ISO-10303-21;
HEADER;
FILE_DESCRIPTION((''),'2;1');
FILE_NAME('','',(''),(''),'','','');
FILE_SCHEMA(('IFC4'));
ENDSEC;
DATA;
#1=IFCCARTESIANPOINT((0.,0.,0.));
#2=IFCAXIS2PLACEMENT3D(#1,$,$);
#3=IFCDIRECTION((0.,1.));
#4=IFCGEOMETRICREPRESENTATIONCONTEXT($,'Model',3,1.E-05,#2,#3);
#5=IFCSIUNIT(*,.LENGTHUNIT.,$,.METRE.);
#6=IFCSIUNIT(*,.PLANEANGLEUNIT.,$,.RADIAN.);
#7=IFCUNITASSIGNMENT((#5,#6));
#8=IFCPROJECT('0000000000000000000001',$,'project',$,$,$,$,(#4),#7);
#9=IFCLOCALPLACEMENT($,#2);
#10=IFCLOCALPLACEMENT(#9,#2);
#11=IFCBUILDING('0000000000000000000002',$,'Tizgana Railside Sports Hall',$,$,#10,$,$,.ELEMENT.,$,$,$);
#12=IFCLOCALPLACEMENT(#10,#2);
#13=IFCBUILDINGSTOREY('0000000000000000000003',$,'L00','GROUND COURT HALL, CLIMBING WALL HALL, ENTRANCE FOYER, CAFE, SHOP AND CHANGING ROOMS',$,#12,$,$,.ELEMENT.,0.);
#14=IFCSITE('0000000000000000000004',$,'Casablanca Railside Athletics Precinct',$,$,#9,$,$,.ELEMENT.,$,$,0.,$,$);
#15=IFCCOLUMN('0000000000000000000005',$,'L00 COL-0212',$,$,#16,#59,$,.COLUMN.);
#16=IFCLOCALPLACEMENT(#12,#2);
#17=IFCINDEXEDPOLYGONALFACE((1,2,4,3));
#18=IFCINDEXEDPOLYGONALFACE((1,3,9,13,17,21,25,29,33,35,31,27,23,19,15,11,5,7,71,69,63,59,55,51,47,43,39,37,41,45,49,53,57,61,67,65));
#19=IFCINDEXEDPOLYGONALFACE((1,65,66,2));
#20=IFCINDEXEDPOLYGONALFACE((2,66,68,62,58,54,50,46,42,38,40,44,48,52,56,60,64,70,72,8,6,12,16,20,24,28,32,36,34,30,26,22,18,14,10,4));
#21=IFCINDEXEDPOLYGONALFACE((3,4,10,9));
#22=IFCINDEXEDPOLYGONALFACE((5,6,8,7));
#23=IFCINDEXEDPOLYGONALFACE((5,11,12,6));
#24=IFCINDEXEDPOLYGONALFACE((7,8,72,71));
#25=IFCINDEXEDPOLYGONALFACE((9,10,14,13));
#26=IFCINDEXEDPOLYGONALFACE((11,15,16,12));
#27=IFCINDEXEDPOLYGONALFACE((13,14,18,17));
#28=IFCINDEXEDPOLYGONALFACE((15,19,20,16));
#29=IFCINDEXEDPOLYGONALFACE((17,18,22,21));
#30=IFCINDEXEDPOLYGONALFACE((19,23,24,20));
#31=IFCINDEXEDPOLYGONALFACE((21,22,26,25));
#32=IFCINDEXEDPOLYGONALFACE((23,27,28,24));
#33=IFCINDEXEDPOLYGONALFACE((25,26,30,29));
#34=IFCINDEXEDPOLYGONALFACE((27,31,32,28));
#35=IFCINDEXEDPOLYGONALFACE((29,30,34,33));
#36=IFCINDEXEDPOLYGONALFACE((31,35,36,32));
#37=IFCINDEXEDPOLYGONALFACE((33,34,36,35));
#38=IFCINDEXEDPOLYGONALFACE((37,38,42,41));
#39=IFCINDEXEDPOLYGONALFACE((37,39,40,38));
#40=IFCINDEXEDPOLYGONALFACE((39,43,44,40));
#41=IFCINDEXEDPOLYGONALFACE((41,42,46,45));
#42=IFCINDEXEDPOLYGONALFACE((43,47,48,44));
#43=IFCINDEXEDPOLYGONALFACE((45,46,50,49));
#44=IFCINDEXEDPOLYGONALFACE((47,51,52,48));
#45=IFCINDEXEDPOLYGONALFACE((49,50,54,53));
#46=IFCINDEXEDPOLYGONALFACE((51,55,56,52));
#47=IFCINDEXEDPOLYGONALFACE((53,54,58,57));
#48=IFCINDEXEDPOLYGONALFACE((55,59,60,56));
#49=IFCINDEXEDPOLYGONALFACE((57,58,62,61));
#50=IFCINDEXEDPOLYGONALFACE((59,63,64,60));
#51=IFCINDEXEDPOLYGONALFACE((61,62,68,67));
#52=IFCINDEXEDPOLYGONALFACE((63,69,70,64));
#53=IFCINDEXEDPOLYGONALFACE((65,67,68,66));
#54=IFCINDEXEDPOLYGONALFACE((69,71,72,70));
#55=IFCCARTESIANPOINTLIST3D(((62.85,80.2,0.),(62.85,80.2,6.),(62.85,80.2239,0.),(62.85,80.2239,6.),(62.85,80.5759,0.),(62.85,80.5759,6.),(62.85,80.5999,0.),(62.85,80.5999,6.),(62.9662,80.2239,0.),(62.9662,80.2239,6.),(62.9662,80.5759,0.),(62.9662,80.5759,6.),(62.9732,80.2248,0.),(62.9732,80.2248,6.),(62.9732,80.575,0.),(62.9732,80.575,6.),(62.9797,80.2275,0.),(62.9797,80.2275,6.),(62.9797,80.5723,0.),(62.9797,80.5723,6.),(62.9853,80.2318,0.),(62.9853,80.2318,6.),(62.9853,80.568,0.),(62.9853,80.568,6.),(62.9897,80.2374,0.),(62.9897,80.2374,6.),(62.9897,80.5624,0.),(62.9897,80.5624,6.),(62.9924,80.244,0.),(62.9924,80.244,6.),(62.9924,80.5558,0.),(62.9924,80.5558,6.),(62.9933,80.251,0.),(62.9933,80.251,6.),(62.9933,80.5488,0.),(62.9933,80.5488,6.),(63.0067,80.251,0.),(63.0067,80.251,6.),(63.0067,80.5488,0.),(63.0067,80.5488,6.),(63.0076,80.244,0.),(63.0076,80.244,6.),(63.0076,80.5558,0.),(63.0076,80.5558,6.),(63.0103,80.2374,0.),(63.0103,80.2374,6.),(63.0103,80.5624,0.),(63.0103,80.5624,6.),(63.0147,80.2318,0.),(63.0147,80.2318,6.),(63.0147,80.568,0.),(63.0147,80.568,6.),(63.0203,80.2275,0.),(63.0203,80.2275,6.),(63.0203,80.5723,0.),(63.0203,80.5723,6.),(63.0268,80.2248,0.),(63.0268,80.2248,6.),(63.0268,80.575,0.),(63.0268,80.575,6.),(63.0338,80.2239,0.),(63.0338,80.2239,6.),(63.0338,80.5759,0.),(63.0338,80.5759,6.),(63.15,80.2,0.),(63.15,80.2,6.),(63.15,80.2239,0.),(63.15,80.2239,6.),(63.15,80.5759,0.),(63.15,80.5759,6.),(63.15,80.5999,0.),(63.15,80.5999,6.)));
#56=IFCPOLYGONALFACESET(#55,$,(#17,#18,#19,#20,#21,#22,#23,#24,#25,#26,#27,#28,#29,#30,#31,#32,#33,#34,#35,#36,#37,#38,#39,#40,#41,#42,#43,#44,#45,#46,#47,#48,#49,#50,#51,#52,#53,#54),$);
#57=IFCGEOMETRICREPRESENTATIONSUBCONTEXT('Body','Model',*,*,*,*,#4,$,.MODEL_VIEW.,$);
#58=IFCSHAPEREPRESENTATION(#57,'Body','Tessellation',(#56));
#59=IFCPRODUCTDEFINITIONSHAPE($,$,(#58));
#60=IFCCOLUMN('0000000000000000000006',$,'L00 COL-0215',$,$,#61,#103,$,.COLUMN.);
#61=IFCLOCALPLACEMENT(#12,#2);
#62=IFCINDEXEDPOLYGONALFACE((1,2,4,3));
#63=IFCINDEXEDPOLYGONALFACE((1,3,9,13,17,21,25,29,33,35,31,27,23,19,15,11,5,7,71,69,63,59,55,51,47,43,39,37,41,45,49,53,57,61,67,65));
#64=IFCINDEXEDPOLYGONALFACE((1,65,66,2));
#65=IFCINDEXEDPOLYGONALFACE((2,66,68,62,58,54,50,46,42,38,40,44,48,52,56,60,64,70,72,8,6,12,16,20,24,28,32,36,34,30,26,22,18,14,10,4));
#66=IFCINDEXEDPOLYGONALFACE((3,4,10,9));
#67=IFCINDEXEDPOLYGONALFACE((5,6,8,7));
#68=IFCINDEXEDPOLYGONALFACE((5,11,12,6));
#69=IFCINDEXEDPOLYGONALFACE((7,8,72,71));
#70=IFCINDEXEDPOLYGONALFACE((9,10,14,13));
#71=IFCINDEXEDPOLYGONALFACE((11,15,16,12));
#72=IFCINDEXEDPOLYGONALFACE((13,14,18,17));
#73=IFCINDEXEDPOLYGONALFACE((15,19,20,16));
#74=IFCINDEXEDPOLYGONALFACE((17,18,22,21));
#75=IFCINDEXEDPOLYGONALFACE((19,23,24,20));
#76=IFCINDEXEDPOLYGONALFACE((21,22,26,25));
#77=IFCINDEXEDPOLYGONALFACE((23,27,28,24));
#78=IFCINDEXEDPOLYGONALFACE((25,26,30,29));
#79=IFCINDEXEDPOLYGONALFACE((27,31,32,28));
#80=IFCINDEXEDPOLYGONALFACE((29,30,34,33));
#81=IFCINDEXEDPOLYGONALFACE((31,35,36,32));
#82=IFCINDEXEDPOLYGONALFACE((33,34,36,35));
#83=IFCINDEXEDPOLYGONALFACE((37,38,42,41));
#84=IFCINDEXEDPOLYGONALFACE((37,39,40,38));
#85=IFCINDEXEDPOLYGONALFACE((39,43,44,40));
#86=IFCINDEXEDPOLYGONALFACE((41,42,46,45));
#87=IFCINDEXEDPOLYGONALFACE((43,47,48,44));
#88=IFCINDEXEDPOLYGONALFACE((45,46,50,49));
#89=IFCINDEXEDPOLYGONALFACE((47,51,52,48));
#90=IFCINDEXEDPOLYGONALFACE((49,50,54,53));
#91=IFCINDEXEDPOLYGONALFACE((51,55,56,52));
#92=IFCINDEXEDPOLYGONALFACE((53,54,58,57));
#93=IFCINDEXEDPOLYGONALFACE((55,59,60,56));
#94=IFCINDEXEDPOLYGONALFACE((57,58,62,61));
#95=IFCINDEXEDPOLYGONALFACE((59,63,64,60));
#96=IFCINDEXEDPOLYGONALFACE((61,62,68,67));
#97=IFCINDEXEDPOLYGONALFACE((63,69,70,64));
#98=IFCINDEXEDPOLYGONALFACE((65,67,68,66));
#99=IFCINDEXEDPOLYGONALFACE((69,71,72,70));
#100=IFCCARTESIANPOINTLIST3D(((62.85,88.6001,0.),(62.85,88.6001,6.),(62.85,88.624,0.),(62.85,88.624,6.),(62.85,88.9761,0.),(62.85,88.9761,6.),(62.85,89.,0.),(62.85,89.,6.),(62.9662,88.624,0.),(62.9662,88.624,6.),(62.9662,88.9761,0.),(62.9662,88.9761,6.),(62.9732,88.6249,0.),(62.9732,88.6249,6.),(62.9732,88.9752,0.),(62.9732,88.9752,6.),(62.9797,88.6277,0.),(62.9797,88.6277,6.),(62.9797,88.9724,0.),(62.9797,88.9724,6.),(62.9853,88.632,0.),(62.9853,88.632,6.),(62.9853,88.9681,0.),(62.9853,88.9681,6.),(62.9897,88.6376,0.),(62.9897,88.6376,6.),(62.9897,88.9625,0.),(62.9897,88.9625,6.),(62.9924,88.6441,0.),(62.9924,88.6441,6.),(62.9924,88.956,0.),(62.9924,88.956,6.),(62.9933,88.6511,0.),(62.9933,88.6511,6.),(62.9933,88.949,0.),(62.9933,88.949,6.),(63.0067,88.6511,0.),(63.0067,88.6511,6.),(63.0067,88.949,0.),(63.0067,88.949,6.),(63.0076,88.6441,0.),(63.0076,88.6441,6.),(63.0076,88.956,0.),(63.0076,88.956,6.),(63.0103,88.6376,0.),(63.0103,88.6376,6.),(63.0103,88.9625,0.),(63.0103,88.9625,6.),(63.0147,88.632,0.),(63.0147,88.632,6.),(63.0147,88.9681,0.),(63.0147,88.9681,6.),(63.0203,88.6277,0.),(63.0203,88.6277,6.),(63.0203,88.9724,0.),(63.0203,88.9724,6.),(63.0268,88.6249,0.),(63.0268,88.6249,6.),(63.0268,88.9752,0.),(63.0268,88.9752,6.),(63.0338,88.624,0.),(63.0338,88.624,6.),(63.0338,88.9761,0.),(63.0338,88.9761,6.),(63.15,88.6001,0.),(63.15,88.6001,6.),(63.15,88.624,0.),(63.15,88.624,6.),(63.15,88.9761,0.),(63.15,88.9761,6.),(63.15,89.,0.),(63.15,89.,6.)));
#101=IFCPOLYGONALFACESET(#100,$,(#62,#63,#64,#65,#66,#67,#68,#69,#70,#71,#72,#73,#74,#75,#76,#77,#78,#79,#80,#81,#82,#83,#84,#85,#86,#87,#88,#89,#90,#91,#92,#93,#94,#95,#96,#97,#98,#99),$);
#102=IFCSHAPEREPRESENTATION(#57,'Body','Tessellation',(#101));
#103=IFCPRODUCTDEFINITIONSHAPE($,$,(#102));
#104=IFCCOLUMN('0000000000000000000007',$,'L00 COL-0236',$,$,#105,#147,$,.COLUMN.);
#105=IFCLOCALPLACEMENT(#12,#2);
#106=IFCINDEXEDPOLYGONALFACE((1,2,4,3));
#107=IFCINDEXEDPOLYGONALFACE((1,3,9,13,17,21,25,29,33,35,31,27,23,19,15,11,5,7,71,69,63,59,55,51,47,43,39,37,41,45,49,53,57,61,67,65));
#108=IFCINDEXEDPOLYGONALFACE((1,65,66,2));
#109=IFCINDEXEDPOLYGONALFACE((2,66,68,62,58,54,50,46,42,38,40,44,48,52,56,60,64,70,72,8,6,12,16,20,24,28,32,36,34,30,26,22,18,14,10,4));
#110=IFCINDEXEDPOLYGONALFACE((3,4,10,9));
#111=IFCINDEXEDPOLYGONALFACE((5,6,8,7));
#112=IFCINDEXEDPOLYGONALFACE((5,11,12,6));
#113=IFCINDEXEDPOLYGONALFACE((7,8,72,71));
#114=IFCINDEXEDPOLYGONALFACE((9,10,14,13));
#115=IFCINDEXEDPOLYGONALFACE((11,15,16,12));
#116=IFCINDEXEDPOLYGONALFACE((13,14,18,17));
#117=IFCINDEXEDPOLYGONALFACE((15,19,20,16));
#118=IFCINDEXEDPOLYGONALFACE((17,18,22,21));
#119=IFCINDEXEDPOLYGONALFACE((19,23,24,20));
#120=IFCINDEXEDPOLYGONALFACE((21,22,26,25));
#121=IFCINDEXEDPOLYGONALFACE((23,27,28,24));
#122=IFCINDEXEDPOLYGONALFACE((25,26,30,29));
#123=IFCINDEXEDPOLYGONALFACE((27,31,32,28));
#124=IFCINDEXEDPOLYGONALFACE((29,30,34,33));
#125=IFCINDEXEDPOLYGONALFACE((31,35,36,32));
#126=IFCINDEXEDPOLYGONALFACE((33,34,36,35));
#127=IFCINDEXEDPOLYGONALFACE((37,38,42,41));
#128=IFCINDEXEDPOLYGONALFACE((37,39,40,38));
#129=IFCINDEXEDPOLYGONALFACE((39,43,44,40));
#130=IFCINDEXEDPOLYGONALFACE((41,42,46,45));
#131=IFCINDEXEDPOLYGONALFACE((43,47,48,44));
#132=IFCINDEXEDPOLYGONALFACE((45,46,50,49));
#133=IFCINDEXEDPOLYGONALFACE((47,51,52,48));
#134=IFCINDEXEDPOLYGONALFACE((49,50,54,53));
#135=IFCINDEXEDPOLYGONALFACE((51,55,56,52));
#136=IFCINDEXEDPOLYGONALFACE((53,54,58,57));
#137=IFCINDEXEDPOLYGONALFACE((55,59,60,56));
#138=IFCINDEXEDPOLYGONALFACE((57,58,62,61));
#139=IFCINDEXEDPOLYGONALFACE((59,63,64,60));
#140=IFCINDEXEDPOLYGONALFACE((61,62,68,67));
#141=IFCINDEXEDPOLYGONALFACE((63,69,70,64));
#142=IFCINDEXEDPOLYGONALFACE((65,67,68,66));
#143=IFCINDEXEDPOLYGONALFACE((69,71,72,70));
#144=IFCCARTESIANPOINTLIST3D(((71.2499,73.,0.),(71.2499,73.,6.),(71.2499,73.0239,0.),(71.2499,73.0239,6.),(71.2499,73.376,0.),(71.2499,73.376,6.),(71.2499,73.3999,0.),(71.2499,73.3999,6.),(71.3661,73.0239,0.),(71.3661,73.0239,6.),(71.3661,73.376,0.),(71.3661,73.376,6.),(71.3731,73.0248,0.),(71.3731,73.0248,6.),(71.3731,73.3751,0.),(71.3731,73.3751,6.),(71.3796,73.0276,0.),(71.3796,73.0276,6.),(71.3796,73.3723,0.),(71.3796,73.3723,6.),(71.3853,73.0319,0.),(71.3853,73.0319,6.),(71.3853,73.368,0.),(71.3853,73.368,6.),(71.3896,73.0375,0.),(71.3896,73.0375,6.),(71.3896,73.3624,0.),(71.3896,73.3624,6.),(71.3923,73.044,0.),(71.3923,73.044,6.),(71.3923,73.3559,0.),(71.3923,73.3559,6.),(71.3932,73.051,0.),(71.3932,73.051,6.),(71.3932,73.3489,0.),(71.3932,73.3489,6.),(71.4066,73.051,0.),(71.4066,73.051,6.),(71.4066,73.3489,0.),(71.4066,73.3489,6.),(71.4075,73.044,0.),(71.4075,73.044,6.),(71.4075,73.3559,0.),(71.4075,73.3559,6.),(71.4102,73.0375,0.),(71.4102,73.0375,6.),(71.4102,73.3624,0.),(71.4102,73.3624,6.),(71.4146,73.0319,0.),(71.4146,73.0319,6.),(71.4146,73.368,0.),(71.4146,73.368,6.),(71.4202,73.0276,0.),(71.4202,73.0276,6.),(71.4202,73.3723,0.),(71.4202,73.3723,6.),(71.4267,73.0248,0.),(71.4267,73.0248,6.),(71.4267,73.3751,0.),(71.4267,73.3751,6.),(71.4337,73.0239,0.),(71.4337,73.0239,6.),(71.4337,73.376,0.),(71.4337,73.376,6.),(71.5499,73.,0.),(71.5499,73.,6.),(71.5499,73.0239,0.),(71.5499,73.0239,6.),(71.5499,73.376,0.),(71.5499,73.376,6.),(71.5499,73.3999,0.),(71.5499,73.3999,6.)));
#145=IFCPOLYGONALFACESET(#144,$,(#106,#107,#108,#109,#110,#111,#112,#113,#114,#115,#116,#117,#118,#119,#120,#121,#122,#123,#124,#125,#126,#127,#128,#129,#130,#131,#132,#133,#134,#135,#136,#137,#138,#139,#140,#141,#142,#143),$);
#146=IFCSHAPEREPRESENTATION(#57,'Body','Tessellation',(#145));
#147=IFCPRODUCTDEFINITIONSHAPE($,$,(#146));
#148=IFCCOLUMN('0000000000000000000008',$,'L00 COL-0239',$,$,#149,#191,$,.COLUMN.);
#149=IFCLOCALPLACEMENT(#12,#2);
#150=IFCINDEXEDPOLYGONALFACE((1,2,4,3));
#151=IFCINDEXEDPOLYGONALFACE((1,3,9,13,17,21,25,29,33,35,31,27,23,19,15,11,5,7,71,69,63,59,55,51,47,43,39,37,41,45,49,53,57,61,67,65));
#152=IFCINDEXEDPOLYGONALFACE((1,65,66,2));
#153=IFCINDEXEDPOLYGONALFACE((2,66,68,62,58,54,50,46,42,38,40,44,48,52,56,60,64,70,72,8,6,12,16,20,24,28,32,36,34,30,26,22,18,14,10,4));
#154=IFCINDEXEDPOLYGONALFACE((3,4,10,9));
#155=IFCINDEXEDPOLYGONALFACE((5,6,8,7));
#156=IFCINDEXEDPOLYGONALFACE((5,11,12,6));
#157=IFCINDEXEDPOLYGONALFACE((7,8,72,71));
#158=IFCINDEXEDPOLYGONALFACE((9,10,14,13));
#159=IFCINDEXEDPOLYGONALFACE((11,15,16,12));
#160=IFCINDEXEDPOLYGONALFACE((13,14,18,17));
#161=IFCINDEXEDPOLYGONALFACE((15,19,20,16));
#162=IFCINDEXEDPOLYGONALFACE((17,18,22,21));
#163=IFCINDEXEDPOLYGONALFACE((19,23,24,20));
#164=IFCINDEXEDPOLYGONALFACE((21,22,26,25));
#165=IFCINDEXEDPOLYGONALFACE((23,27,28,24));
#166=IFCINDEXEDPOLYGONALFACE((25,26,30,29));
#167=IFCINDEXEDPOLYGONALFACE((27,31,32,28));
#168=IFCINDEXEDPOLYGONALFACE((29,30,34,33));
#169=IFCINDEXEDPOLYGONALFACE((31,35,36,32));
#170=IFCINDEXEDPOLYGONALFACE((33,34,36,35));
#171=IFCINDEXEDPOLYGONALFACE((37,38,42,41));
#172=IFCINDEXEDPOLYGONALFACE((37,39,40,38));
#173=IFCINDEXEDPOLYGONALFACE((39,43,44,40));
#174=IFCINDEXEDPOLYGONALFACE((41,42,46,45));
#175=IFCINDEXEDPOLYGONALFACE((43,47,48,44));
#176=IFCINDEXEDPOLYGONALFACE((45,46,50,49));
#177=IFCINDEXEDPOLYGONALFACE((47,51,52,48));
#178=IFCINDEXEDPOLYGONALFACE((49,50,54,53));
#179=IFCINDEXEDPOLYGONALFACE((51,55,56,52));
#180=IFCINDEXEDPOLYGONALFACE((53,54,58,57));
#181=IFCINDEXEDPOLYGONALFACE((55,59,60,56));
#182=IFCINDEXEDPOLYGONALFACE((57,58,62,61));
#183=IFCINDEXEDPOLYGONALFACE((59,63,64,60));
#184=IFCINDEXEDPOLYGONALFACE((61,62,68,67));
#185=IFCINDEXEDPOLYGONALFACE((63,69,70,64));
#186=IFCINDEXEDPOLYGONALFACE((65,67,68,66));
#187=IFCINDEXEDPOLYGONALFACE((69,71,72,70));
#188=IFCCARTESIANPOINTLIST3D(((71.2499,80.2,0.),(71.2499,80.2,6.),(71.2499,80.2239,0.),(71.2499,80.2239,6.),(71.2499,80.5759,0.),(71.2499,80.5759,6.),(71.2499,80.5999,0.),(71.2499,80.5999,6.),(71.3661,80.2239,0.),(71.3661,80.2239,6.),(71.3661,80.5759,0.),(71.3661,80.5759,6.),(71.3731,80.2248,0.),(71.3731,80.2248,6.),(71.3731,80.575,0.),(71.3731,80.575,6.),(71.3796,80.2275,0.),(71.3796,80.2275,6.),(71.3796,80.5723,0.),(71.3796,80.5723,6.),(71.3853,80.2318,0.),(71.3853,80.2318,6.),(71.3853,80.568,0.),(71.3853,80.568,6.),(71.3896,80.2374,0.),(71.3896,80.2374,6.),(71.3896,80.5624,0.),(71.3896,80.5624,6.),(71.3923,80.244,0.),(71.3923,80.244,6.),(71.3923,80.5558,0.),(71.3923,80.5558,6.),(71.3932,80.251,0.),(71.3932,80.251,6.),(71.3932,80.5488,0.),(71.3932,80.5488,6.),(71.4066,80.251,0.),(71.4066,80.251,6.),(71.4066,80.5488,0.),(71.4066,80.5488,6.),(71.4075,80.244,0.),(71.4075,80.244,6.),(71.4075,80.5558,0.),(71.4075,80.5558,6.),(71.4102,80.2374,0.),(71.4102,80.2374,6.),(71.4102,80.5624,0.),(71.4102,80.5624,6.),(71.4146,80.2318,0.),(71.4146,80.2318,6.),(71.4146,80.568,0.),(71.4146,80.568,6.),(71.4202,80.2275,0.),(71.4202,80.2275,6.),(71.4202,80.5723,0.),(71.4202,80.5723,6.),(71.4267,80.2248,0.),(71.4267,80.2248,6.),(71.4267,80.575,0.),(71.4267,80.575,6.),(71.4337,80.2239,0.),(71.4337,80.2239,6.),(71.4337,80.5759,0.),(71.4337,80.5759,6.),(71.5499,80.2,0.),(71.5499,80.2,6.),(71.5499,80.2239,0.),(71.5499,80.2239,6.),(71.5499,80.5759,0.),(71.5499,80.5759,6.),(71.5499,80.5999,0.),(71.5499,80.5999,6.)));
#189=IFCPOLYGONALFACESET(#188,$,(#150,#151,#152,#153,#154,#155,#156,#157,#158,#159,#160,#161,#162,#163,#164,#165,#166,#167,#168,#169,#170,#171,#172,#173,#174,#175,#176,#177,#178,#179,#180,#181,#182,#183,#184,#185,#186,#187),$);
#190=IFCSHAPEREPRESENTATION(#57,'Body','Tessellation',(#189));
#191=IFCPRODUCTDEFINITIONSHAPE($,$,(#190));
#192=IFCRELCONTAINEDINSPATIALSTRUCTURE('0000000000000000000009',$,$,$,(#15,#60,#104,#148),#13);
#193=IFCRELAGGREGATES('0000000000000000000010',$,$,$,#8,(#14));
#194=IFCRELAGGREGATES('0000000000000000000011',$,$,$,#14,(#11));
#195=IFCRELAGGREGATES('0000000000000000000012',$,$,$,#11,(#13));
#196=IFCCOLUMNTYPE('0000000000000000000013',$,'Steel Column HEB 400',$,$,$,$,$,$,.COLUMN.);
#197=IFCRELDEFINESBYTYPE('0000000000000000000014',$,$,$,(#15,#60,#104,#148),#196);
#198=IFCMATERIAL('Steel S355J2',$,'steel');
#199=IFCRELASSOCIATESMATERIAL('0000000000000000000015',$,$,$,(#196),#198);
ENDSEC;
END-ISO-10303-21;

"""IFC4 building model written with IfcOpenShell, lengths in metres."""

from ifc_helpers import new_model, si_unit, direction, frame, origin, origin_2d, place, context, subcontext, project, spatial, i_section, extrude, material, material_profile, profile_set, type_object, element, save


model = new_model("IFC4")

# Units and contexts
model_context = context("Model", 3, precision=1e-05, world=origin(), true_north=direction((0.0, 1.0)))
body_context = subcontext(model_context, "Body", "Model", "MODEL_VIEW")
ifc_project = project(units=[si_unit("LENGTHUNIT", "METRE"), si_unit("PLANEANGLEUNIT", "RADIAN")], contexts=[model_context])

# Site, building, storey
site_placement = place(None, origin())
site = spatial("IfcSite", under=ifc_project, at=site_placement, Name="Casablanca Railside Athletics Precinct", CompositionType="ELEMENT", RefElevation=0.0)
building_placement = place(site_placement, origin())
building = spatial("IfcBuilding", under=site, at=building_placement, Name="Tizgana Railside Sports Hall", CompositionType="ELEMENT")
storey_placement = place(building_placement, origin())
storey = spatial("IfcBuildingStorey", under=building, at=storey_placement, Name="L00", Description="GROUND COURT HALL, CLIMBING WALL HALL, ENTRANCE FOYER, CAFE, SHOP AND CHANGING ROOMS", CompositionType="ELEMENT", Elevation=0.0)

# Columns
ifc_material_1 = material(Name="Steel S355J2", Category="steel")
ifc_material_profile_1 = material_profile(ifc_material_1, i_section(OverallWidth=0.3, OverallDepth=0.3999, WebThickness=0.0134, FlangeThickness=0.0239, FilletRadius=0.0271, at=origin_2d()), Name="HEB 400")
ifc_profile_set_1 = profile_set([ifc_material_profile_1], Name="Steel S355J2")
column_type = type_object("IfcColumnType", Name="Steel Column HEB 400", PredefinedType="COLUMN", material=ifc_profile_set_1)
for number, where, z_axis, x_axis, name in (
    (1, (63.0, 80.3999, 0.0), (0.0, 0.0, 1.0), (1.0, 0.0, 0.0), "L00 COL-0212"),
    (2, (63.0, 88.8, 0.0), (0.0, 0.0, 1.0), (1.0, 0.0, 0.0), "L00 COL-0215"),
    (3, (71.3999, 73.2, 0.0), (0.0, 0.0, 1.0), (1.0, 0.0, 0.0), "L00 COL-0236"),
    (4, (71.3999, 80.3999, 0.0), (0.0, 0.0, 1.0), (1.0, 0.0, 0.0), "L00 COL-0239"),
):
    element("IfcColumn", number, at=place(storey_placement, frame(where, z_axis=z_axis, x_axis=x_axis)), inside=storey, type_object=column_type, Name=name, PredefinedType="COLUMN", context=body_context, shape_type="SweptSolid", body=[
        extrude(i_section(OverallWidth=0.3, OverallDepth=0.3999, WebThickness=0.0134, FlangeThickness=0.0239, FilletRadius=0.0271, at=origin_2d()), origin(), (0.0, 0.0, 1.0), 6.0),
    ])

save(model, "model.ifc")
